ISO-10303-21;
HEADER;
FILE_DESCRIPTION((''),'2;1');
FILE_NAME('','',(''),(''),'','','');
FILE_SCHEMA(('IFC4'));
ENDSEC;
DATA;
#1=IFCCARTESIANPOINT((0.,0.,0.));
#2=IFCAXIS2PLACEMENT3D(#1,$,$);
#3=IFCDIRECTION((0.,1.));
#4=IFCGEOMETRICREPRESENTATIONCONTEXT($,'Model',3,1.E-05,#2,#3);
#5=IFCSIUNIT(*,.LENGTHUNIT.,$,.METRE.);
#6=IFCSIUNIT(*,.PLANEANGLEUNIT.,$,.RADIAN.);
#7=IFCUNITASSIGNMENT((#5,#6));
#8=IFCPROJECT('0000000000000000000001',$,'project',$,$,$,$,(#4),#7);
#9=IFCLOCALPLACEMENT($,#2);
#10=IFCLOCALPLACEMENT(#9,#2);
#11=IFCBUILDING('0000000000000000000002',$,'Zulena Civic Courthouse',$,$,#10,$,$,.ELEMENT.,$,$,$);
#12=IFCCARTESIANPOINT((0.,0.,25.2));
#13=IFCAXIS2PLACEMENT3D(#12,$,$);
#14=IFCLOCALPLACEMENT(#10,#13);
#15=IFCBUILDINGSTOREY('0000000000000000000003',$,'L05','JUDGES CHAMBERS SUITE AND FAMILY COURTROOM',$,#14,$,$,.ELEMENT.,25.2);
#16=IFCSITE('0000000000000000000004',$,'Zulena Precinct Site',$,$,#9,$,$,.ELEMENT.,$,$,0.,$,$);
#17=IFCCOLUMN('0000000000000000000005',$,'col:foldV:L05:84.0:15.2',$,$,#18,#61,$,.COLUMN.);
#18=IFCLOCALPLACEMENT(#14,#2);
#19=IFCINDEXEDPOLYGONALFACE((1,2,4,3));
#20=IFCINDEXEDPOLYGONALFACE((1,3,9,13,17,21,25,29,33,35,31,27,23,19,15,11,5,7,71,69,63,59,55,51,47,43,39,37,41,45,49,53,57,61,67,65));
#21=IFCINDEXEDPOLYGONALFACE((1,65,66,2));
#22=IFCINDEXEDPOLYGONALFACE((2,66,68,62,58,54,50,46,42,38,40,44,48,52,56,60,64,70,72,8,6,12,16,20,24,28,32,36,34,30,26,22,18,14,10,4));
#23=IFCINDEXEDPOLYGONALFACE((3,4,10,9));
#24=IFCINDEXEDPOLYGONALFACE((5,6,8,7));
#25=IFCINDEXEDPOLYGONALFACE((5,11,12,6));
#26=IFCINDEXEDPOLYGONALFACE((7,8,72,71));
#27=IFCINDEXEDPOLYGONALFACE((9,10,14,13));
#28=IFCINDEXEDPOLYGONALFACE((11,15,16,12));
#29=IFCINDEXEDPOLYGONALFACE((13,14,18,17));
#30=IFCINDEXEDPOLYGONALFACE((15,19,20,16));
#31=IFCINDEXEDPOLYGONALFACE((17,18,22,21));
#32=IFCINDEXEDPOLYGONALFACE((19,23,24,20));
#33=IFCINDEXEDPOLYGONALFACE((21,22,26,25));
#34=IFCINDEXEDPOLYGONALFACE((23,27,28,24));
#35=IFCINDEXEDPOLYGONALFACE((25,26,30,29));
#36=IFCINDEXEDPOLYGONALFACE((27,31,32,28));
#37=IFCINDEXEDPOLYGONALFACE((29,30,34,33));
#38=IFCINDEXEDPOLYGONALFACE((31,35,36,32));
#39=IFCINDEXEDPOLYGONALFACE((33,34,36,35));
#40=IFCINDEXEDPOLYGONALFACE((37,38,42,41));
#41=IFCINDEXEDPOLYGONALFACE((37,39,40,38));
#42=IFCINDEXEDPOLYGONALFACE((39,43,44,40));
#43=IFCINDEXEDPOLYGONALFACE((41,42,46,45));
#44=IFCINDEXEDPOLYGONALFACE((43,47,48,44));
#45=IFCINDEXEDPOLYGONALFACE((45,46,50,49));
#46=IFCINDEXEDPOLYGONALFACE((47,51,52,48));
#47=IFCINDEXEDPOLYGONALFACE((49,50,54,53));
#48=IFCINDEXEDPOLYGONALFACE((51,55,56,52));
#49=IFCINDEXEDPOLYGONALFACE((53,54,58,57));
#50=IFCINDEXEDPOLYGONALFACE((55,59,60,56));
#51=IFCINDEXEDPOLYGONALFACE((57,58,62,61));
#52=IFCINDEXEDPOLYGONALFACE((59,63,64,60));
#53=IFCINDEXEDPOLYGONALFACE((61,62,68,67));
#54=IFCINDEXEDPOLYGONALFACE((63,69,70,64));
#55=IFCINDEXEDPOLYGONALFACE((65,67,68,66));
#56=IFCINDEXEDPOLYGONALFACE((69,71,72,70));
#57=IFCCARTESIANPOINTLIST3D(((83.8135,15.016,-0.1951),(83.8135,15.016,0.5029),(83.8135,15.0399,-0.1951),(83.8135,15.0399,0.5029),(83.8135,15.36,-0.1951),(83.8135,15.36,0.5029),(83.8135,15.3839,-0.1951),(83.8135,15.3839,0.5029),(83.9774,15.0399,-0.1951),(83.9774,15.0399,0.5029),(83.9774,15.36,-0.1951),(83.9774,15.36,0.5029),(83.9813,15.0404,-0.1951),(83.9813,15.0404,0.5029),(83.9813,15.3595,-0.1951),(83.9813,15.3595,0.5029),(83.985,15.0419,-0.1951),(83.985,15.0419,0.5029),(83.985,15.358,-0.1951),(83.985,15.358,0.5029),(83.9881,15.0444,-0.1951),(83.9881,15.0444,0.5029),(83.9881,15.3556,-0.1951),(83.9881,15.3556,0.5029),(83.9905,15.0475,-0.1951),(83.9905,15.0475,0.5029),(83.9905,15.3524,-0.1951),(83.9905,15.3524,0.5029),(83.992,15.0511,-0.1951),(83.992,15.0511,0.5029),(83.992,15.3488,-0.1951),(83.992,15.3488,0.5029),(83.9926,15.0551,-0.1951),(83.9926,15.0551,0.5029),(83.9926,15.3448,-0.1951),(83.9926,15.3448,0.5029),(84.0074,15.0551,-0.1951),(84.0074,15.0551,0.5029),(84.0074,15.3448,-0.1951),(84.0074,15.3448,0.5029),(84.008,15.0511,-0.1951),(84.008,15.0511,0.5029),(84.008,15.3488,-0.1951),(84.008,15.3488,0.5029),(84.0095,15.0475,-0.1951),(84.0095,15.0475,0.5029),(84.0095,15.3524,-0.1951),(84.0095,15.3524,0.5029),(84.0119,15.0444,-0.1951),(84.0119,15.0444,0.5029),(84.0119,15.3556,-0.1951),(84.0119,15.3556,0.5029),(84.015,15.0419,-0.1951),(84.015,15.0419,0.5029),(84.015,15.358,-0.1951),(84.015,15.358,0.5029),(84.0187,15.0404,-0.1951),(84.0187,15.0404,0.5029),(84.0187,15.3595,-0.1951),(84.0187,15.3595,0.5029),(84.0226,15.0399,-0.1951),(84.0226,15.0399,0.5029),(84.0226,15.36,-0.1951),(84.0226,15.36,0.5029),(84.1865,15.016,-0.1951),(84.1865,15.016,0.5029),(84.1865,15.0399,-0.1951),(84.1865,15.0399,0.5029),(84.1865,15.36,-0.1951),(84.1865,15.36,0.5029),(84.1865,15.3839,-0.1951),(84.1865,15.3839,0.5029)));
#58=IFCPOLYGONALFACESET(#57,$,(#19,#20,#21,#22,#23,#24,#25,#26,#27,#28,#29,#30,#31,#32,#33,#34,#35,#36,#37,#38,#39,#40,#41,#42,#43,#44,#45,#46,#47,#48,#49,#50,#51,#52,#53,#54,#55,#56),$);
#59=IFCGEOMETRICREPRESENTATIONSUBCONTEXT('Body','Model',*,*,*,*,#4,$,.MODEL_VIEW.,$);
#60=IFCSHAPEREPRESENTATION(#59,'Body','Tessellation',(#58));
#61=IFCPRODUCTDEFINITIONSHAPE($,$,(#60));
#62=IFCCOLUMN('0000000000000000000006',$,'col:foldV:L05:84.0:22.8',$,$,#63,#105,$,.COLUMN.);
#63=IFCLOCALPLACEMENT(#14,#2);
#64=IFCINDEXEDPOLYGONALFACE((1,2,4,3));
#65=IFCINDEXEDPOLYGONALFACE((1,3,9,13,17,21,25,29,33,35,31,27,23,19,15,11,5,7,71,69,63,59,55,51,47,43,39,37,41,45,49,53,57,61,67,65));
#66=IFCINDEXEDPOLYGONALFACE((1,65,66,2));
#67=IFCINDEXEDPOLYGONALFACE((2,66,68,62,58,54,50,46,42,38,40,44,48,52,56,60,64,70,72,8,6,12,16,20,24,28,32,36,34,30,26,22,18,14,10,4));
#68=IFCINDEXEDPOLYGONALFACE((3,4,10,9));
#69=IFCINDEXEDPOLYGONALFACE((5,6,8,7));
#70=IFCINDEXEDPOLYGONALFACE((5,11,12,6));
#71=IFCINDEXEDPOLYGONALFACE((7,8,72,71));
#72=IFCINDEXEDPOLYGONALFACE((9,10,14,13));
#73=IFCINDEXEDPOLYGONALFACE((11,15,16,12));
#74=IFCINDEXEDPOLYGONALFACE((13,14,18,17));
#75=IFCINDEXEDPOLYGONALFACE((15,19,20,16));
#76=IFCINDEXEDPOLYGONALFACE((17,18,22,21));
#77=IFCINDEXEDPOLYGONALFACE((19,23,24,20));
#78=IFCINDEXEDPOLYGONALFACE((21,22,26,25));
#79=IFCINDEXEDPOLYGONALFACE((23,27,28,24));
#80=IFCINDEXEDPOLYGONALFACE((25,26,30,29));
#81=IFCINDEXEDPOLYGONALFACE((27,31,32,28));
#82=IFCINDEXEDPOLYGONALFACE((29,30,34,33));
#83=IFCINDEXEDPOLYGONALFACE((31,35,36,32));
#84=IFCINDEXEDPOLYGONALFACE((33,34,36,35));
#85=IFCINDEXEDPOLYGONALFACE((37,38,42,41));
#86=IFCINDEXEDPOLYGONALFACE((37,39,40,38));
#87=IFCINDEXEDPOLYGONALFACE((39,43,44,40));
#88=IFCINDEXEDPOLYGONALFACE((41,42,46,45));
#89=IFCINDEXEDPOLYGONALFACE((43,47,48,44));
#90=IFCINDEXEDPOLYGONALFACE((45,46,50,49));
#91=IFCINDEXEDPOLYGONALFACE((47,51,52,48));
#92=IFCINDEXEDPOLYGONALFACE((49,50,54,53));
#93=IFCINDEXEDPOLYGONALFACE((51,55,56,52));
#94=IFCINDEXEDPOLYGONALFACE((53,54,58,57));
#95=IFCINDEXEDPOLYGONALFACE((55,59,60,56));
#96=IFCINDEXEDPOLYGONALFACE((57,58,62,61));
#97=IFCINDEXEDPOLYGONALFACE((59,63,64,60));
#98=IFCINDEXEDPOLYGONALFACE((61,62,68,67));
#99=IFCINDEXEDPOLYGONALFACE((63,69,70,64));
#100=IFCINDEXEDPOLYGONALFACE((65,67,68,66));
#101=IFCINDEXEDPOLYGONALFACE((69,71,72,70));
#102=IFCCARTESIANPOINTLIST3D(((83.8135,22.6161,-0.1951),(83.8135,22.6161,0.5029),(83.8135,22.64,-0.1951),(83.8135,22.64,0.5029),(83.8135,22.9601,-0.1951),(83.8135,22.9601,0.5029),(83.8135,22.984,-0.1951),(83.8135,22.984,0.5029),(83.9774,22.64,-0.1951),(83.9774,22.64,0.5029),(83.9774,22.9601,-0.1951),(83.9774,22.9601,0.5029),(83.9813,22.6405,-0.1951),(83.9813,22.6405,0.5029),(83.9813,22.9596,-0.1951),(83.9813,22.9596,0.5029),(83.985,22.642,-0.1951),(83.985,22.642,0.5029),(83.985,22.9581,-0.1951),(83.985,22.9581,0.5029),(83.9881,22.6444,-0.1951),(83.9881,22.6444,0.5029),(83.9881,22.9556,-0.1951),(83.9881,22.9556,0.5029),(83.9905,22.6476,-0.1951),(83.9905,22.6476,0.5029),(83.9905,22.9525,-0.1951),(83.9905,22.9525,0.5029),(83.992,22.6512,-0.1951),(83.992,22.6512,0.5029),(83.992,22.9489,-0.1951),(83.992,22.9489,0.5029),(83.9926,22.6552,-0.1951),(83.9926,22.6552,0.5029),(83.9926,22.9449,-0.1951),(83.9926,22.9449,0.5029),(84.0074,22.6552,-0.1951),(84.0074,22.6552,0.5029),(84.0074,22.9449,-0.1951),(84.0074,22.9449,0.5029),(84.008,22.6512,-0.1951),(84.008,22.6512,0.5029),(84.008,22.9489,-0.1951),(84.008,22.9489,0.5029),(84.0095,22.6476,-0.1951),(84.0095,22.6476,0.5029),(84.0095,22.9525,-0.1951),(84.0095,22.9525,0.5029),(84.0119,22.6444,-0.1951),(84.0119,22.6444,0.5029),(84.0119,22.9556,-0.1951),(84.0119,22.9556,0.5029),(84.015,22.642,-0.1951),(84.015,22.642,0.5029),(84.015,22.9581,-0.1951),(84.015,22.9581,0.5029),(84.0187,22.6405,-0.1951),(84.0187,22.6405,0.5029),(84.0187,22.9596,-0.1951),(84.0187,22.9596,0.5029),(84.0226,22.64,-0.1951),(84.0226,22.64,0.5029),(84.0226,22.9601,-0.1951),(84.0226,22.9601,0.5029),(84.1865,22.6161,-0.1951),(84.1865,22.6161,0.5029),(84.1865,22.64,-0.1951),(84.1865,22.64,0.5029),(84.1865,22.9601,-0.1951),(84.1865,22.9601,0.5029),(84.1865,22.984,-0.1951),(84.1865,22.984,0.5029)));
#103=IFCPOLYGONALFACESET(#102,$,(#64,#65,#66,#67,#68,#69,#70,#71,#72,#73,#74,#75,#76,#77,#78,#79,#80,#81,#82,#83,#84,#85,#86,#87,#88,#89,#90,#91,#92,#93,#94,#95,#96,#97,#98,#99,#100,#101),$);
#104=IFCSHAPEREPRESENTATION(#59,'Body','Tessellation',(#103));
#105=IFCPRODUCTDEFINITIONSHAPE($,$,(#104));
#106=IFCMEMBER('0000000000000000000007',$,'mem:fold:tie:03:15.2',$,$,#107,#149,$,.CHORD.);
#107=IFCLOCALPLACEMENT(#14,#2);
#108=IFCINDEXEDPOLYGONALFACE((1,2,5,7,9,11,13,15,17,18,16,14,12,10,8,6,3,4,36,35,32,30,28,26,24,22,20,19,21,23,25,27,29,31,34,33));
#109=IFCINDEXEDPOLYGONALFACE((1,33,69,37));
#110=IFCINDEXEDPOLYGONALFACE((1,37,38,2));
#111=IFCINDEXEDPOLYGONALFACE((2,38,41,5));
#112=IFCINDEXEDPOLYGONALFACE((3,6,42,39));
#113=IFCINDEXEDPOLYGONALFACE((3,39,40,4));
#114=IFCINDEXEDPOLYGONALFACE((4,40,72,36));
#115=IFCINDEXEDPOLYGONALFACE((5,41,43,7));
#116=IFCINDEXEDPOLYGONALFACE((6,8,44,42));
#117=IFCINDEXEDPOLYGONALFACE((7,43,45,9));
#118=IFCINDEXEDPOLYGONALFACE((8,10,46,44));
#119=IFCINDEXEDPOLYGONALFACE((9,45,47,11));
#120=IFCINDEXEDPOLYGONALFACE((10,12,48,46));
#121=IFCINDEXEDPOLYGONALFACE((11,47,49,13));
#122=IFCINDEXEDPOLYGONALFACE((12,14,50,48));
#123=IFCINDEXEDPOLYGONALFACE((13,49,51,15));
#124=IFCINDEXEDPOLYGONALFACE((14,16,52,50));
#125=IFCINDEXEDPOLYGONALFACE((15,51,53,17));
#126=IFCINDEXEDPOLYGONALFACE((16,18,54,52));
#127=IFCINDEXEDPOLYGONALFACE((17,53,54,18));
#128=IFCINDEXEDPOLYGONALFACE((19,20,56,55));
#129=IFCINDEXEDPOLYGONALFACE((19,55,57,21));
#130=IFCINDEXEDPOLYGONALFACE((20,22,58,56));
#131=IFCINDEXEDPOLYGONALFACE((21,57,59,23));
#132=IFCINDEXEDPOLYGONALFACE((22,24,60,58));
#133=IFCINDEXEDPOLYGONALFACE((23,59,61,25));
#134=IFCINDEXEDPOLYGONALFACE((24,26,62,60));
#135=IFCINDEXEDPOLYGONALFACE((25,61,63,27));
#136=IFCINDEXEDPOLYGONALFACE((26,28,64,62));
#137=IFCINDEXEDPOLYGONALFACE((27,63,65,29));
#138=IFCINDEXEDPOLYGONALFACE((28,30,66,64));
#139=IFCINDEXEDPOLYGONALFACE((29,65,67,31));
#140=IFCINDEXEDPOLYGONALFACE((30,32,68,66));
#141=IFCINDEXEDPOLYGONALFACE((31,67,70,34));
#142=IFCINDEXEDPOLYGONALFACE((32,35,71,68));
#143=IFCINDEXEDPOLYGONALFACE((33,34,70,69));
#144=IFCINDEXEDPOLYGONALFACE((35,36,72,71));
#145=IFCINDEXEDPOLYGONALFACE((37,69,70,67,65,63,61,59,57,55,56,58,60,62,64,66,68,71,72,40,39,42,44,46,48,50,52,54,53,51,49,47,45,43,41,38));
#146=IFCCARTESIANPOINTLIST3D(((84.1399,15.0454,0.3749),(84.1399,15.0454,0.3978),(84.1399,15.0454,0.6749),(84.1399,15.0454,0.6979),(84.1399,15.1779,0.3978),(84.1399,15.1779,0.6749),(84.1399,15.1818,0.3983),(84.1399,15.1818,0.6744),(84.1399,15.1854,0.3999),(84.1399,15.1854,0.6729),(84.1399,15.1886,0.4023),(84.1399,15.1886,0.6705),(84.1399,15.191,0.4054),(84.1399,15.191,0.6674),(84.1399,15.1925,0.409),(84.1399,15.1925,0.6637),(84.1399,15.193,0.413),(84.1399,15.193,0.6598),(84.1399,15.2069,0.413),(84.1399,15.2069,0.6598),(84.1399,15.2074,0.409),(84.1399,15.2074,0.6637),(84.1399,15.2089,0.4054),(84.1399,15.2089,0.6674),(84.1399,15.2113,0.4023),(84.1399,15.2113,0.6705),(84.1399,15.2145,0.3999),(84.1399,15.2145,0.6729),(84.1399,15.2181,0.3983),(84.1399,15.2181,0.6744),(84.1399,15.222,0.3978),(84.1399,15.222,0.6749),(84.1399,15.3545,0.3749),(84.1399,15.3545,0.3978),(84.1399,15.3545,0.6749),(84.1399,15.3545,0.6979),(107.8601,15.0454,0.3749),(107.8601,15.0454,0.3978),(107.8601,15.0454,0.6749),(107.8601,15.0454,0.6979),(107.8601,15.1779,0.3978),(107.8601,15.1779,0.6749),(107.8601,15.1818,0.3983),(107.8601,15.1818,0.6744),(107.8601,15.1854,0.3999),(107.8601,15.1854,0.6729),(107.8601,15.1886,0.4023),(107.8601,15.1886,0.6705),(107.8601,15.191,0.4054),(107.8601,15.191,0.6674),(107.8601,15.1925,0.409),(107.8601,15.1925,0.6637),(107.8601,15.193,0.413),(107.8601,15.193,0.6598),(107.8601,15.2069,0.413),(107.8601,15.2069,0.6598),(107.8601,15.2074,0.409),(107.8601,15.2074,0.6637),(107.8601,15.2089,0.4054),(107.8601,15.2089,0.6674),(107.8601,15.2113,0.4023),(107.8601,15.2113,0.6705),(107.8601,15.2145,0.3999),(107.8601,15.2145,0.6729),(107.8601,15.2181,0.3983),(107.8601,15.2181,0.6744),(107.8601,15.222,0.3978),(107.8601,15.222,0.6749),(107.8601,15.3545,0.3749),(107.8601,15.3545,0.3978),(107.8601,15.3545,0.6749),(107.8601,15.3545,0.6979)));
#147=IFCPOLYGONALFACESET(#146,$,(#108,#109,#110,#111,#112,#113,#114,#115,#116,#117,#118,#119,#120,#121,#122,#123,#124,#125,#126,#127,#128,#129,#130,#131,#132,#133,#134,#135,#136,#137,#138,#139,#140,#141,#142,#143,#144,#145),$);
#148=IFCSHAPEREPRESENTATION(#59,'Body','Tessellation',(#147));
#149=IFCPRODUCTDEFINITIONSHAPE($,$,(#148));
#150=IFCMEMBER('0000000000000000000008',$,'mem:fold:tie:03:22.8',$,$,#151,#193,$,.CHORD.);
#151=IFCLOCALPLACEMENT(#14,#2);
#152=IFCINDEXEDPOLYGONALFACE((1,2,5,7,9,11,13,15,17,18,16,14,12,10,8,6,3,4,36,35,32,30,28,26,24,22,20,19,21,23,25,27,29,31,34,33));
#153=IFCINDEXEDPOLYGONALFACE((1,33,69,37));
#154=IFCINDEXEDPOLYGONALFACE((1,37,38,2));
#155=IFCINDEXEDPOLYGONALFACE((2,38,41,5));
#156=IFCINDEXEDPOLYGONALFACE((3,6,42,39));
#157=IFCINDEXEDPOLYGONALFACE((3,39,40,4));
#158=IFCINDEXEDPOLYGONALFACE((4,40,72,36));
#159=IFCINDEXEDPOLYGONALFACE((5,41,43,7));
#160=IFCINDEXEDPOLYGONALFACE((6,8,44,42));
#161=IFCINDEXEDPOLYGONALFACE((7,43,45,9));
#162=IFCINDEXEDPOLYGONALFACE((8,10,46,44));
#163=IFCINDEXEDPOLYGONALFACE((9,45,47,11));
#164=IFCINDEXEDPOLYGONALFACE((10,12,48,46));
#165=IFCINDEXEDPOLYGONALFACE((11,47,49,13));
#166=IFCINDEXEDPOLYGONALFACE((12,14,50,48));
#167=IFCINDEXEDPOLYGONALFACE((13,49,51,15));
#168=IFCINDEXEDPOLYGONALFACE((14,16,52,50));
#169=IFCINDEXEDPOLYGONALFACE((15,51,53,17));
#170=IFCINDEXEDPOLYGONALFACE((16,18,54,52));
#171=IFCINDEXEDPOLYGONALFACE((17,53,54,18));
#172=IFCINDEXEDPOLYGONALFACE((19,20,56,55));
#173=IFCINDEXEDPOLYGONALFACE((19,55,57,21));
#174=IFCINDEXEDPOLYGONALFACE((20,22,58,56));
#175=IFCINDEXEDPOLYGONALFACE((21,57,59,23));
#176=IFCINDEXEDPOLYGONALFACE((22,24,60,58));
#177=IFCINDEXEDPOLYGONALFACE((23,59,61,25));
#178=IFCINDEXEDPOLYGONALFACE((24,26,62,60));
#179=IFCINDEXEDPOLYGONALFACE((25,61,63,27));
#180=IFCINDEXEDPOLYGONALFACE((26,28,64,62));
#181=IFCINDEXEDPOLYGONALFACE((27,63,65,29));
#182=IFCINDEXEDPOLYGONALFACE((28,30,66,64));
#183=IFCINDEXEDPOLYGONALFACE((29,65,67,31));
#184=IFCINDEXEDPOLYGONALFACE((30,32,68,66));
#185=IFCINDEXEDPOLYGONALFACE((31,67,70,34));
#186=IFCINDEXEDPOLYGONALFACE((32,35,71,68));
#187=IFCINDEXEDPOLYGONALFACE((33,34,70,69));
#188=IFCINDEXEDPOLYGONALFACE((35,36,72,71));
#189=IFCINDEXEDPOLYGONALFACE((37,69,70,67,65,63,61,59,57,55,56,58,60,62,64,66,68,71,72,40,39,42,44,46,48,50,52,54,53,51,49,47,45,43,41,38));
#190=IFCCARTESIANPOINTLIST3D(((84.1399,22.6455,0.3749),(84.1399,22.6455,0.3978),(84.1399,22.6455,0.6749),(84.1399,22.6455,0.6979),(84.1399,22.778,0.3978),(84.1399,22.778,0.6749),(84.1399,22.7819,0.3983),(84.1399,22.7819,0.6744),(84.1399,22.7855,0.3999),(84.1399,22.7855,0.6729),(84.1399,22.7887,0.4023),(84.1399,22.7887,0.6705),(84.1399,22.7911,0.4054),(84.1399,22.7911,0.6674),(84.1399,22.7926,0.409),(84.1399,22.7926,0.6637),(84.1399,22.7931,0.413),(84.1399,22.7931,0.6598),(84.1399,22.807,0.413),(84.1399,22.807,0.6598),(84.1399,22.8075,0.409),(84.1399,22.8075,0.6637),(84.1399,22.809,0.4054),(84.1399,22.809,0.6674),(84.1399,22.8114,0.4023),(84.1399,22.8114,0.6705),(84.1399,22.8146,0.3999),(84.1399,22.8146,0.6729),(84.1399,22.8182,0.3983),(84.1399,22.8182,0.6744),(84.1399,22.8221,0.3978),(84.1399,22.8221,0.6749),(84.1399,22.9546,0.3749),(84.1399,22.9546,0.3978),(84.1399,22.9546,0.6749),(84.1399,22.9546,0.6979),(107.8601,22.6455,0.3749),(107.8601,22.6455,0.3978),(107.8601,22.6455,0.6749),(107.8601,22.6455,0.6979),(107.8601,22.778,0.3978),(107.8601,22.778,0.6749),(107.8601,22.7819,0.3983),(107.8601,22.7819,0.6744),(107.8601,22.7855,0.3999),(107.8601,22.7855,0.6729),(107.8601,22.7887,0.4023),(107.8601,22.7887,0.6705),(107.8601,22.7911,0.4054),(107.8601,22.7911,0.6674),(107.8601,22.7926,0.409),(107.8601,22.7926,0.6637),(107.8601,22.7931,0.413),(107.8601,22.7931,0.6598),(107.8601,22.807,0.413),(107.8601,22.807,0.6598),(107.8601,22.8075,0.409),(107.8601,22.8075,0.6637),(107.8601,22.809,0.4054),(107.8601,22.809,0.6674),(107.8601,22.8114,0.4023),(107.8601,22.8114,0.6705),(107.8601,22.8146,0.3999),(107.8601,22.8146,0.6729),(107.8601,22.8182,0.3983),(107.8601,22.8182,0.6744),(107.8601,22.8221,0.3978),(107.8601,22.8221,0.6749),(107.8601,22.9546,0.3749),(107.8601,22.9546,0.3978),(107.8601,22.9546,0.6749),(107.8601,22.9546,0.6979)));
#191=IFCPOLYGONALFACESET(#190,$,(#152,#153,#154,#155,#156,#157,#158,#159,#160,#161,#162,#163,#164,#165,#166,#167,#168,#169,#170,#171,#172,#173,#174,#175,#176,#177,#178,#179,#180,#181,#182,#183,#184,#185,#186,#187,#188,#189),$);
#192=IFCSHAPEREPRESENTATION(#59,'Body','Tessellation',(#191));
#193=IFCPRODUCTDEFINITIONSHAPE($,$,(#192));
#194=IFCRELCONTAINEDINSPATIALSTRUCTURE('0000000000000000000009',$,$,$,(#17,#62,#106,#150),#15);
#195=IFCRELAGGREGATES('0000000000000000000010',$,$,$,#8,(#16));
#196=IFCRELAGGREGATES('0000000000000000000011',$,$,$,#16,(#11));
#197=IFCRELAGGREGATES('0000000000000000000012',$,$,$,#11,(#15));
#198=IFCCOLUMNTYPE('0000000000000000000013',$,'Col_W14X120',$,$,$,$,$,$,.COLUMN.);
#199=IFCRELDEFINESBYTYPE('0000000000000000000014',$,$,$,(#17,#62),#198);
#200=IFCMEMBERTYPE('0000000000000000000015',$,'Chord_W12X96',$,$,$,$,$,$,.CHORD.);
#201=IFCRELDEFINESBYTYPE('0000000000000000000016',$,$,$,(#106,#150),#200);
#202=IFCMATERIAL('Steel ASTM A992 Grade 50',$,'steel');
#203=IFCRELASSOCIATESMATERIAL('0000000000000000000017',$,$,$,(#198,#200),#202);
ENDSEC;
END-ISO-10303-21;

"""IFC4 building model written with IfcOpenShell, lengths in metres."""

from ifc_helpers import new_model, si_unit, direction, frame, origin, origin_2d, place, context, subcontext, project, spatial, i_section, extrude, material, material_profile, profile_set, type_object, element, save


model = new_model("IFC4")

# Units and contexts
model_context = context("Model", 3, precision=1e-05, world=origin(), true_north=direction((0.0, 1.0)))
body_context = subcontext(model_context, "Body", "Model", "MODEL_VIEW")
ifc_project = project(units=[si_unit("LENGTHUNIT", "METRE"), si_unit("PLANEANGLEUNIT", "RADIAN")], contexts=[model_context])

# Site, building, storey
site_placement = place(None, origin())
site = spatial("IfcSite", under=ifc_project, at=site_placement, Name="Zulena Precinct Site", CompositionType="ELEMENT", RefElevation=0.0)
building_placement = place(site_placement, origin())
building = spatial("IfcBuilding", under=site, at=building_placement, Name="Zulena Civic Courthouse", CompositionType="ELEMENT")
storey_placement = place(building_placement, frame((0.0, 0.0, 25.2)))
storey = spatial("IfcBuildingStorey", under=building, at=storey_placement, Name="L05", Description="JUDGES CHAMBERS SUITE AND FAMILY COURTROOM", CompositionType="ELEMENT", Elevation=25.2)

# Columns
ifc_material_1 = material(Name="Steel ASTM A992 Grade 50", Category="steel")
ifc_material_profile_1 = material_profile(ifc_material_1, i_section(OverallWidth=0.373, OverallDepth=0.3679, WebThickness=0.0149, FlangeThickness=0.0239, FilletRadius=0.0151, at=origin_2d()), Name="W14X120")
ifc_profile_set_1 = profile_set([ifc_material_profile_1], Name="Steel ASTM A992 Grade 50")
column_type = type_object("IfcColumnType", Name="Col_W14X120", PredefinedType="COLUMN", material=ifc_profile_set_1)
for number, where, z_axis, x_axis, name in (
    (1, (84.0, 15.2, -0.1951), (0.0, 0.0, 1.0), (1.0, 0.0, 0.0), "col:foldV:L05:84.0:15.2"),
    (2, (84.0, 22.8, -0.1951), (0.0, 0.0, 1.0), (1.0, 0.0, 0.0), "col:foldV:L05:84.0:22.8"),
):
    element("IfcColumn", number, at=place(storey_placement, frame(where, z_axis=z_axis, x_axis=x_axis)), inside=storey, type_object=column_type, Name=name, PredefinedType="COLUMN", context=body_context, shape_type="SweptSolid", body=[
        extrude(i_section(OverallWidth=0.373, OverallDepth=0.3679, WebThickness=0.0149, FlangeThickness=0.0239, FilletRadius=0.0151, at=origin_2d()), origin(), (0.0, 0.0, 1.0), 0.698),
    ])

# Members
ifc_material_profile_2 = material_profile(ifc_material_1, i_section(OverallWidth=0.3091, OverallDepth=0.323, WebThickness=0.0139, FlangeThickness=0.0229, FilletRadius=0.0151, at=origin_2d()), Name="W12X96")
ifc_profile_set_2 = profile_set([ifc_material_profile_2], Name="Steel ASTM A992 Grade 50")
member_type_1 = type_object("IfcMemberType", Name="Chord_W12X96", PredefinedType="CHORD", material=ifc_profile_set_2)
for number, where, z_axis, x_axis, name in (
    (3, (84.1399, 15.2, 0.5364), (1.0, 0.0, 0.0), (0.0, 1.0, 0.0), "mem:fold:tie:03:15.2"),
    (4, (84.1399, 22.8, 0.5364), (1.0, 0.0, 0.0), (0.0, 1.0, 0.0), "mem:fold:tie:03:22.8"),
):
    element("IfcMember", number, at=place(storey_placement, frame(where, z_axis=z_axis, x_axis=x_axis)), inside=storey, type_object=member_type_1, Name=name, PredefinedType="CHORD", context=body_context, shape_type="SweptSolid", body=[
        extrude(i_section(OverallWidth=0.3091, OverallDepth=0.323, WebThickness=0.0139, FlangeThickness=0.0229, FilletRadius=0.0151, at=origin_2d()), origin(), (0.0, 0.0, 1.0), 23.7202),
    ])

save(model, "model.ifc")
